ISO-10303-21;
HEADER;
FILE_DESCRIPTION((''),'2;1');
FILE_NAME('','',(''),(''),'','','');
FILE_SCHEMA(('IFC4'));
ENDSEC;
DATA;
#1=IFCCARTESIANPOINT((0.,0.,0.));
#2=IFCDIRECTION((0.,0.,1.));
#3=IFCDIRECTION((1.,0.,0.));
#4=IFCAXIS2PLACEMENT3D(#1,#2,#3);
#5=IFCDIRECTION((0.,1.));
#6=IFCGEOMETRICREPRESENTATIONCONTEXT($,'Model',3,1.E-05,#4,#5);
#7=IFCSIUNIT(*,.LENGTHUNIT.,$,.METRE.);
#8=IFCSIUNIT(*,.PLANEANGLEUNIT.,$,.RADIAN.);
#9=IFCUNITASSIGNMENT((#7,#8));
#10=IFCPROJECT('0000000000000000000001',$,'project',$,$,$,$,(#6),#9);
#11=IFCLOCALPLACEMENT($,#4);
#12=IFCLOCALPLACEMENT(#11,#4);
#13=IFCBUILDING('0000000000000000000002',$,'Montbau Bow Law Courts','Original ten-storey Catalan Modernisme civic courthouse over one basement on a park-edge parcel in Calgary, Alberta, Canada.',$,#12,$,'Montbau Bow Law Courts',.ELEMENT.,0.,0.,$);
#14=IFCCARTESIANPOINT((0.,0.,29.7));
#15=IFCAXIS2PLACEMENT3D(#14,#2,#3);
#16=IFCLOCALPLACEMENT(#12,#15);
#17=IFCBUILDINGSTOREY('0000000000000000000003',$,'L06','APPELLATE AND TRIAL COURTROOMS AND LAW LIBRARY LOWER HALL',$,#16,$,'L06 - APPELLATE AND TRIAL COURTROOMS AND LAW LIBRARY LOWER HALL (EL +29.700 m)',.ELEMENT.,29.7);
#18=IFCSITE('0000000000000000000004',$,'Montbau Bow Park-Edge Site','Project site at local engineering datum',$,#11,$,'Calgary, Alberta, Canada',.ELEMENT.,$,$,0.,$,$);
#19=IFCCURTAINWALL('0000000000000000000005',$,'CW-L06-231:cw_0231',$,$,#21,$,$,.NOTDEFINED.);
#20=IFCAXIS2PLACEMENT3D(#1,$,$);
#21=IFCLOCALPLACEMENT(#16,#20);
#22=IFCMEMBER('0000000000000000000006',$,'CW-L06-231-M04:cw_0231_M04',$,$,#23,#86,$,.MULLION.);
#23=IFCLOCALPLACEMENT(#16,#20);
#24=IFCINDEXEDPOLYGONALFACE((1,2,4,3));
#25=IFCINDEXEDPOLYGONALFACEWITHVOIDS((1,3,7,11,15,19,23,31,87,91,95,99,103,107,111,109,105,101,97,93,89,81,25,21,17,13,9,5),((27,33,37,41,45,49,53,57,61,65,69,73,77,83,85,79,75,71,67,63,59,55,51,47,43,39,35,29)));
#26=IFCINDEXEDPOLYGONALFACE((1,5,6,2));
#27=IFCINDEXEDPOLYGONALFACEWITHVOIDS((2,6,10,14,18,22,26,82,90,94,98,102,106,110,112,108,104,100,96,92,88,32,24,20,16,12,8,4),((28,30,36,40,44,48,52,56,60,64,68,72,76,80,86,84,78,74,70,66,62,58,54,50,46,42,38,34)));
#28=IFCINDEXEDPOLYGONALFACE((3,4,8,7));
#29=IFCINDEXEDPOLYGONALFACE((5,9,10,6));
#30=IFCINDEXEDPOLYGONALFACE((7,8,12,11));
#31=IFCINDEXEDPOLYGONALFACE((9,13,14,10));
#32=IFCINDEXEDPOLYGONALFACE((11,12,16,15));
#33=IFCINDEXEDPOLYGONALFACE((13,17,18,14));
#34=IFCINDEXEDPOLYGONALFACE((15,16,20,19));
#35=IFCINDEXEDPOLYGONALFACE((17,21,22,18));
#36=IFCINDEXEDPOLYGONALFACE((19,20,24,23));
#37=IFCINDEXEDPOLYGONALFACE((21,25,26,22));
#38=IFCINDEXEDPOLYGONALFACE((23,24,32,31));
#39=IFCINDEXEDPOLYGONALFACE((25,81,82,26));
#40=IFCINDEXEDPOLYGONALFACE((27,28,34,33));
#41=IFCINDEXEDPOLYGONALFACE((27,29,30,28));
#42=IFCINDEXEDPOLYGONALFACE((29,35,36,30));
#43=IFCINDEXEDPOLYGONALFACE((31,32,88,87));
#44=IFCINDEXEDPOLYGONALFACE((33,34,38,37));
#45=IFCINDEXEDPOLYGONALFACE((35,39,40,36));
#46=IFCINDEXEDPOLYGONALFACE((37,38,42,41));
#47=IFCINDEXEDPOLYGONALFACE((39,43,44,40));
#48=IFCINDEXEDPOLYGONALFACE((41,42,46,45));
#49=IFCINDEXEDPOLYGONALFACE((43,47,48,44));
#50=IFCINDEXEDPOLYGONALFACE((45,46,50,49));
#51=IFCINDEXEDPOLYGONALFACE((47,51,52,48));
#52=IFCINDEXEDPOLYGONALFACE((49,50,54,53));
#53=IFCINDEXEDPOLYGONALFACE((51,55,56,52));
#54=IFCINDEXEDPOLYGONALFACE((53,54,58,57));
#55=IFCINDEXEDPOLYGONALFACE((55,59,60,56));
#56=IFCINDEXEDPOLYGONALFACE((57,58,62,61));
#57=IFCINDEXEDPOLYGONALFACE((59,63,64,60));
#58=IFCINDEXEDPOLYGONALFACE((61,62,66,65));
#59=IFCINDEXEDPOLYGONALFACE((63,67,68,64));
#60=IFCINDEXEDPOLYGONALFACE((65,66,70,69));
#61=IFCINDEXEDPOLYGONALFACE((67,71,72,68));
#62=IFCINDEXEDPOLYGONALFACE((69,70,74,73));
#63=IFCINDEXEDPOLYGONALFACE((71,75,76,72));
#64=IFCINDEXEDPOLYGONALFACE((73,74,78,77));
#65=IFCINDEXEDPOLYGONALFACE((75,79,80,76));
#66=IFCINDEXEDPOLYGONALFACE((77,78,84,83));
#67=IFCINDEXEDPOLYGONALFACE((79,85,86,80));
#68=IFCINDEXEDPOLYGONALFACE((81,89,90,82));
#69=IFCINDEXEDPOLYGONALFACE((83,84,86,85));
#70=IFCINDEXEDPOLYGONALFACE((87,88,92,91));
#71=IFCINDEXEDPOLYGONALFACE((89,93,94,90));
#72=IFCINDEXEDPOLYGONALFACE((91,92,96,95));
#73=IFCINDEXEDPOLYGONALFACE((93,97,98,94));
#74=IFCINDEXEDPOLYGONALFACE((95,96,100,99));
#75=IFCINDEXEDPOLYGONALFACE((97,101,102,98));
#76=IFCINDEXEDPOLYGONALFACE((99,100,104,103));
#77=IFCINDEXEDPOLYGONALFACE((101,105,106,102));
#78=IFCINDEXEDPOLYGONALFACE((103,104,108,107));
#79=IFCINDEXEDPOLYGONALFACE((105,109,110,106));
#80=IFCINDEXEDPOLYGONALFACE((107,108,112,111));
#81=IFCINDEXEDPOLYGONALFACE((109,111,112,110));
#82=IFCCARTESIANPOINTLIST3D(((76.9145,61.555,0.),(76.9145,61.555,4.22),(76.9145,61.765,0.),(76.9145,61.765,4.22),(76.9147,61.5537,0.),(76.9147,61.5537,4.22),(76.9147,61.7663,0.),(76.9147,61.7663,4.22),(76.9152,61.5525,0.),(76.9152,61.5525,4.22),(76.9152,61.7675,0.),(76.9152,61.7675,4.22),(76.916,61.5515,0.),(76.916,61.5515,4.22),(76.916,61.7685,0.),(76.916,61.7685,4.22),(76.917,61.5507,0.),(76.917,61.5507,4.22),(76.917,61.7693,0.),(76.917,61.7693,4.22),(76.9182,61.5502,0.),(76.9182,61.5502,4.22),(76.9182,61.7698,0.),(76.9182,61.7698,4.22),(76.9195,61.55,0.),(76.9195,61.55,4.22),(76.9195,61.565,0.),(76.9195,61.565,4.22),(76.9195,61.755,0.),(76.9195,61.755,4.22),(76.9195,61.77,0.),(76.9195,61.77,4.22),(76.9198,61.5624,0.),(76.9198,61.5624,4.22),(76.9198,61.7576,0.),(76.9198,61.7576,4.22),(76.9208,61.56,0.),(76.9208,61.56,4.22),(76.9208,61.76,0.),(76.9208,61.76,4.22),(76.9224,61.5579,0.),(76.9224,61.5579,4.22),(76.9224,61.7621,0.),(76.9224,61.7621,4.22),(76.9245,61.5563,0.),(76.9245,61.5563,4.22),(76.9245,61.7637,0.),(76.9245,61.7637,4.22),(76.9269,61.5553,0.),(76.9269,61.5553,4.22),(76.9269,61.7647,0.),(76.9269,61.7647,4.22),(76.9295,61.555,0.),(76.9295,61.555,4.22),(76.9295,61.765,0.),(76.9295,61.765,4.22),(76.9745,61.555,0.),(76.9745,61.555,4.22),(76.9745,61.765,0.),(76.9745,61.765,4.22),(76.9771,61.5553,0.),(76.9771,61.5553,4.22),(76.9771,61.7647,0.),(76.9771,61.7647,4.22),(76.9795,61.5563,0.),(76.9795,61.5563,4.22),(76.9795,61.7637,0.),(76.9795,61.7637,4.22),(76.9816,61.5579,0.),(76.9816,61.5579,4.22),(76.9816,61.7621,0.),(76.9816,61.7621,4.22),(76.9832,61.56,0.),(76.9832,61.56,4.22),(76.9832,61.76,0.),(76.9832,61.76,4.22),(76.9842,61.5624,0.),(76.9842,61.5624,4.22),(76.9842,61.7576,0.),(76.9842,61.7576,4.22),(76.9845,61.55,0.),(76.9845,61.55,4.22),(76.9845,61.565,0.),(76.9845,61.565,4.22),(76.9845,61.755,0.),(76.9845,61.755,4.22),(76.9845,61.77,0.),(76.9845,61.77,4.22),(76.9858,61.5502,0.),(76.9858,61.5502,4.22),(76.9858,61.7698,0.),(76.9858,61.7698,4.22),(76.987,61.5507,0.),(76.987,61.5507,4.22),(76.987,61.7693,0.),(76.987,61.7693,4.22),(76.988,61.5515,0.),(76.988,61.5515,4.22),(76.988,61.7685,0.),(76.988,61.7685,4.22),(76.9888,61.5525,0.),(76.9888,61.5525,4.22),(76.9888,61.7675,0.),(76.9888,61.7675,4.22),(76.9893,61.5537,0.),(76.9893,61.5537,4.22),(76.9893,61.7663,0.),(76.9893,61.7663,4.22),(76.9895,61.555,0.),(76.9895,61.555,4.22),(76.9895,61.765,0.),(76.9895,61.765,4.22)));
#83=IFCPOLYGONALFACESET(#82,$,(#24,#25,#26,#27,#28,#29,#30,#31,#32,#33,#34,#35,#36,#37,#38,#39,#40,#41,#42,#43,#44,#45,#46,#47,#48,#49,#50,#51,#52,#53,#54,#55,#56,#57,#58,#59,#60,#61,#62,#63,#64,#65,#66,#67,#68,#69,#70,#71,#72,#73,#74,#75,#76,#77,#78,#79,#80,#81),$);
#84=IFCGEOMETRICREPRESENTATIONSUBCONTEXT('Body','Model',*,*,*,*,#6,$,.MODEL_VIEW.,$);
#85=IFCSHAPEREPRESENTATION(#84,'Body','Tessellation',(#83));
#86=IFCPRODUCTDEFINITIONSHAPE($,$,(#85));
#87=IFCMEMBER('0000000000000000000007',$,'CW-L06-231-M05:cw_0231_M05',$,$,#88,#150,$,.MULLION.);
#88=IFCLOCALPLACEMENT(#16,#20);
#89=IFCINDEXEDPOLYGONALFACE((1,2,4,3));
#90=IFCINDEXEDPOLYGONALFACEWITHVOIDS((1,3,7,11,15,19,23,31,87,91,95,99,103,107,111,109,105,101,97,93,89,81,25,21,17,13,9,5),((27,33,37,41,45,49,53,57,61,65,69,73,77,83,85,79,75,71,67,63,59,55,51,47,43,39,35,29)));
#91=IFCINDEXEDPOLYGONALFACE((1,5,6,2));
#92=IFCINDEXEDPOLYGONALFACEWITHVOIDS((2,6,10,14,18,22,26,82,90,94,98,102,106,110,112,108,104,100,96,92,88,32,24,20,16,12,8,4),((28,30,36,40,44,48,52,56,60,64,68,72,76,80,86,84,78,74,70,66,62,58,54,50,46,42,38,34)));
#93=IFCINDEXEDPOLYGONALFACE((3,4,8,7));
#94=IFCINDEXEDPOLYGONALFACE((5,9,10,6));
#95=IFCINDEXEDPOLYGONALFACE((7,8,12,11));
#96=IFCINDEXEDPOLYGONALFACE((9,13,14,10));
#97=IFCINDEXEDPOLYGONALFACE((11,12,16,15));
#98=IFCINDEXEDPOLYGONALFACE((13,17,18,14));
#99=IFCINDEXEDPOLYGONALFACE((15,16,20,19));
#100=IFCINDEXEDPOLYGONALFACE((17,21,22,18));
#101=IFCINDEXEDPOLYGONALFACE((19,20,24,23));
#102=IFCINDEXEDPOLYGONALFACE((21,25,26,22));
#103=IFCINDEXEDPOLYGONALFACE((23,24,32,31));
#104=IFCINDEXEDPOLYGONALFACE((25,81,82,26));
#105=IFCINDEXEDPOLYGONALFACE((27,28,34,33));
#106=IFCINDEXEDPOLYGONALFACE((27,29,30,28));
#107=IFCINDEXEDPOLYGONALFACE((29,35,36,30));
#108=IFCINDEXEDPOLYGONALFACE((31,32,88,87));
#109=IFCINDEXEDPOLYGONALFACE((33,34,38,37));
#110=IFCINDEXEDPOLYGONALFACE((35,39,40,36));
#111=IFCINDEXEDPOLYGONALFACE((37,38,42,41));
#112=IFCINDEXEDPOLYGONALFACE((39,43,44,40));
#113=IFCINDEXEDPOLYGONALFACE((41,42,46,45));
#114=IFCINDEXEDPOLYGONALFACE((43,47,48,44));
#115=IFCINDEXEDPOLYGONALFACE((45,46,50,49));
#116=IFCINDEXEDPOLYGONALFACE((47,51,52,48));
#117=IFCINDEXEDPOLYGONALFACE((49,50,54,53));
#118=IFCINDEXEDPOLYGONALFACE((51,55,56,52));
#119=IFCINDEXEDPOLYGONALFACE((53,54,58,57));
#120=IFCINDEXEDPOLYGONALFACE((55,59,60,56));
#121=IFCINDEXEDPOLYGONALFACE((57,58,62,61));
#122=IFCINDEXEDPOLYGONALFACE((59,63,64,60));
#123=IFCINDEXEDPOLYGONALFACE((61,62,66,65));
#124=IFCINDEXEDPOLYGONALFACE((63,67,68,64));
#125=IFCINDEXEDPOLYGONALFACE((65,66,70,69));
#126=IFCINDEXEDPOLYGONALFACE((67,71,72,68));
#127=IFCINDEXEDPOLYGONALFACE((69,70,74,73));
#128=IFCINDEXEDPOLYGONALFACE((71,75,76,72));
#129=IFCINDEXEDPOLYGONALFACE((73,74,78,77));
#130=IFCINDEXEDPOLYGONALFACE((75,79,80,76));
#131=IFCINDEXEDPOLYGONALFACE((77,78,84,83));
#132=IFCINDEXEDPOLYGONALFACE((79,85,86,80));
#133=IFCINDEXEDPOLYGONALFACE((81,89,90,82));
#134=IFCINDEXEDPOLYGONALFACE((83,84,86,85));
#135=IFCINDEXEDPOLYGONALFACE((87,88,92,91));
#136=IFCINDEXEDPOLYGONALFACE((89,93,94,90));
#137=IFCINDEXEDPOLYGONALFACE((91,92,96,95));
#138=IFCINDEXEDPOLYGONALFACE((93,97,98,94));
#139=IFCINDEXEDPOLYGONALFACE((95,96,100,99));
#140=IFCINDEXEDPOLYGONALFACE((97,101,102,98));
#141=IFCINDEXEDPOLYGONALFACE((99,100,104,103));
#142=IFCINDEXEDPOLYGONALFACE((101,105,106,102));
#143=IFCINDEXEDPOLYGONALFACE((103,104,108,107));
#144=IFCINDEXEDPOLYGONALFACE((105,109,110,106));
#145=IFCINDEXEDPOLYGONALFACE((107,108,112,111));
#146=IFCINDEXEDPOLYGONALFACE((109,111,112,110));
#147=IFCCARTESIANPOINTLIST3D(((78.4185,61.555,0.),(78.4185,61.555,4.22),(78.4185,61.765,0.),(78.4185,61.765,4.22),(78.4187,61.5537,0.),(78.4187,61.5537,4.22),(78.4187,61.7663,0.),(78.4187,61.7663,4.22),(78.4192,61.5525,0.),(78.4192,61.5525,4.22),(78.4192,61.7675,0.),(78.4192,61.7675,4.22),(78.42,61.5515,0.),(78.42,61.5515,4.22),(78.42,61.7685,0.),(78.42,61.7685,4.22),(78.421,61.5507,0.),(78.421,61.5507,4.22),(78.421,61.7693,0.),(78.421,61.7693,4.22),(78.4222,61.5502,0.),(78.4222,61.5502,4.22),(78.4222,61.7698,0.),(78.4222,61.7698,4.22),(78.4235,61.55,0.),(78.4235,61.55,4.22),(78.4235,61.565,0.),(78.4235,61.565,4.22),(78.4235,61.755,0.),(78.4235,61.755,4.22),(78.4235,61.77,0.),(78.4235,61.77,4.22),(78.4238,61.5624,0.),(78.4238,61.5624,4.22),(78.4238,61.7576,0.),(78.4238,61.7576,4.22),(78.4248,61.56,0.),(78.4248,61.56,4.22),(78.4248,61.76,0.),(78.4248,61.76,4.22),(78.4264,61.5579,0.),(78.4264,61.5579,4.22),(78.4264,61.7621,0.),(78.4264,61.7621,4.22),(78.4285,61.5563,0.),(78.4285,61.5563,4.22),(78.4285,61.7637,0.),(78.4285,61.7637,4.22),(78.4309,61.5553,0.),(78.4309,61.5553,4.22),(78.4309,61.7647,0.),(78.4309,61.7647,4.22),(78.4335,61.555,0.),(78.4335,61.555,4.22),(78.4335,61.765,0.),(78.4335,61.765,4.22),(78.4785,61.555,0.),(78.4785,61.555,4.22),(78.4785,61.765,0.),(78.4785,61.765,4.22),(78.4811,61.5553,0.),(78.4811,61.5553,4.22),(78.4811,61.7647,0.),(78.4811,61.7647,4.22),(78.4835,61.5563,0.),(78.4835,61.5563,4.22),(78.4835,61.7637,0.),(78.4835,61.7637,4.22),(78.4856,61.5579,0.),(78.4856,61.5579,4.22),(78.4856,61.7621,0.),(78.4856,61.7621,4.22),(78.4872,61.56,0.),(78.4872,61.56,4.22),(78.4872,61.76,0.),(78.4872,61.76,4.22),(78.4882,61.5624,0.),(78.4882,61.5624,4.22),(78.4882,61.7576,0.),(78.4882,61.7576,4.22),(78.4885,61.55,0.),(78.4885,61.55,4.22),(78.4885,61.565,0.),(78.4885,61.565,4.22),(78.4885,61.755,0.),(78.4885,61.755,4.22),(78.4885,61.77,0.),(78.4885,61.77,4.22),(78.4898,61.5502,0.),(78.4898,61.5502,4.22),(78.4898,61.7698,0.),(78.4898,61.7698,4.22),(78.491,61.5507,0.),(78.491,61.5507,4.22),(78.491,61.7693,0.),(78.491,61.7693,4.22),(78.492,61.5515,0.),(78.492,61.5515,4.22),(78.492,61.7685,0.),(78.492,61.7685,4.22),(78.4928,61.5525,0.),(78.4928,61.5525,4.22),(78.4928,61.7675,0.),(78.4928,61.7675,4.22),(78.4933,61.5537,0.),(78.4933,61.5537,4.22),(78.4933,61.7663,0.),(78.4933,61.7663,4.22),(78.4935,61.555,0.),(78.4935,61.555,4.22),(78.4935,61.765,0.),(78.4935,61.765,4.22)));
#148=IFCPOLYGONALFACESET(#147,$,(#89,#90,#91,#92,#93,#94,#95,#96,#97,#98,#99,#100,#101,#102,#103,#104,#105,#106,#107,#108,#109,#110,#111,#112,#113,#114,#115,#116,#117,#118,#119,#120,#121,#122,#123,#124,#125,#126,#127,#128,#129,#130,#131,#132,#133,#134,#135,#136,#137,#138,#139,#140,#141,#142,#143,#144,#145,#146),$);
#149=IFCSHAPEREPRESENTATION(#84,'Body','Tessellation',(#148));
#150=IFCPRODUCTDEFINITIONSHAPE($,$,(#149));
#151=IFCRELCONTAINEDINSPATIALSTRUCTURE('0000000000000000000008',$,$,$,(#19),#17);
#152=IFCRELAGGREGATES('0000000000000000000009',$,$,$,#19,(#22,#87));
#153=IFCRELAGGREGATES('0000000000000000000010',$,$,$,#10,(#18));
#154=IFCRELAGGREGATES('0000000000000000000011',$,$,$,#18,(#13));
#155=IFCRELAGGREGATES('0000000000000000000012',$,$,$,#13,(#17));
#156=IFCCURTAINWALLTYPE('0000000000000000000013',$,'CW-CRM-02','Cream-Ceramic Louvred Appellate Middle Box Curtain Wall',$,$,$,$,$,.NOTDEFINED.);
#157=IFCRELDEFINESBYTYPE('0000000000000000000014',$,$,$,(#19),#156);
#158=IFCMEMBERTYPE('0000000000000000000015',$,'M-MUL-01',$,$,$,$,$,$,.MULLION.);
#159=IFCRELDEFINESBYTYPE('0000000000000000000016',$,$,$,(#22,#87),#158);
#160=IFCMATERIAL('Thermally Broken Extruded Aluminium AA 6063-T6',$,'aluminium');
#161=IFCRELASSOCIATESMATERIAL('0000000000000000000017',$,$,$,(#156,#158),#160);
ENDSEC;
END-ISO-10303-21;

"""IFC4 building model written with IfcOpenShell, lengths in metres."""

from ifc_helpers import new_model, si_unit, direction, frame, origin_with_axes, origin_2d_with_axis, place, context, subcontext, project, spatial, hollow_rectangle, extrude, material, material_profile, profile_set, type_object, element, aggregate, save


model = new_model("IFC4")

# Units and contexts
model_context = context("Model", 3, precision=1e-05, world=origin_with_axes(), true_north=direction((0.0, 1.0)))
body_context = subcontext(model_context, "Body", "Model", "MODEL_VIEW")
ifc_project = project(units=[si_unit("LENGTHUNIT", "METRE"), si_unit("PLANEANGLEUNIT", "RADIAN")], contexts=[model_context])

# Site, building, storey
site_placement = place(None, origin_with_axes())
site = spatial("IfcSite", under=ifc_project, at=site_placement, Name="Montbau Bow Park-Edge Site", Description="Project site at local engineering datum", LongName="Calgary, Alberta, Canada", CompositionType="ELEMENT", RefElevation=0.0)
building_placement = place(site_placement, origin_with_axes())
building = spatial("IfcBuilding", under=site, at=building_placement, Name="Montbau Bow Law Courts", Description="Original ten-storey Catalan Modernisme civic courthouse over one basement on a park-edge parcel in Calgary, Alberta, Canada.", LongName="Montbau Bow Law Courts", CompositionType="ELEMENT", ElevationOfRefHeight=0.0, ElevationOfTerrain=0.0)
storey_placement = place(building_placement, frame((0.0, 0.0, 29.7), z_axis=(0.0, 0.0, 1.0), x_axis=(1.0, 0.0, 0.0)))
storey = spatial("IfcBuildingStorey", under=building, at=storey_placement, Name="L06", Description="APPELLATE AND TRIAL COURTROOMS AND LAW LIBRARY LOWER HALL", LongName="L06 - APPELLATE AND TRIAL COURTROOMS AND LAW LIBRARY LOWER HALL (EL +29.700 m)", CompositionType="ELEMENT", Elevation=29.7)

# Curtain wall, members
ifc_material_1 = material(Name="Thermally Broken Extruded Aluminium AA 6063-T6", Category="aluminium")
curtain_wall_type = type_object("IfcCurtainWallType", Name="CW-CRM-02", Description="Cream-Ceramic Louvred Appellate Middle Box Curtain Wall", PredefinedType="NOTDEFINED", material=ifc_material_1)
curtain_wall_placement = place(None, frame((72.44, 61.66, 29.7), z_axis=(0.0, 0.0, 1.0), x_axis=(1.0, 0.0, 0.0)))
curtain_wall = element("IfcCurtainWall", 1, at=curtain_wall_placement, inside=storey, type_object=curtain_wall_type, Name="CW-L06-231:cw_0231", PredefinedType="NOTDEFINED")
ifc_material_profile_1 = material_profile(ifc_material_1, hollow_rectangle(XDim=0.075, YDim=0.22, WallThickness=0.005, InnerFilletRadius=0.01, OuterFilletRadius=0.005, at=origin_2d_with_axis()), Name="CWM-220X75", Category="Main", Priority=0)
ifc_profile_set_1 = profile_set([ifc_material_profile_1], Name="Thermally Broken Extruded Aluminium AA 6063-T6")
member_type_1 = type_object("IfcMemberType", Name="M-MUL-01", PredefinedType="MULLION", material=ifc_profile_set_1)
member_1_placement = place(None, frame((76.952, 61.66, 29.7), z_axis=(0.0, 0.0, 1.0), x_axis=(1.0, 0.0, 0.0)))
member_1 = element("IfcMember", 2, at=member_1_placement, type_object=member_type_1, Name="CW-L06-231-M04:cw_0231_M04", PredefinedType="MULLION", context=body_context, shape_type="SweptSolid", body=[
    extrude(hollow_rectangle(XDim=0.075, YDim=0.22, WallThickness=0.005, InnerFilletRadius=0.01, OuterFilletRadius=0.005, at=origin_2d_with_axis()), origin_with_axes(), (0.0, 0.0, 1.0), 4.22),
])
member_2_placement = place(None, frame((78.456, 61.66, 29.7), z_axis=(0.0, 0.0, 1.0), x_axis=(1.0, 0.0, 0.0)))
member_2 = element("IfcMember", 3, at=member_2_placement, type_object=member_type_1, Name="CW-L06-231-M05:cw_0231_M05", PredefinedType="MULLION", context=body_context, shape_type="SweptSolid", body=[
    extrude(hollow_rectangle(XDim=0.075, YDim=0.22, WallThickness=0.005, InnerFilletRadius=0.01, OuterFilletRadius=0.005, at=origin_2d_with_axis()), origin_with_axes(), (0.0, 0.0, 1.0), 4.22),
])
aggregate(curtain_wall, [member_1, member_2])

save(model, "model.ifc")
